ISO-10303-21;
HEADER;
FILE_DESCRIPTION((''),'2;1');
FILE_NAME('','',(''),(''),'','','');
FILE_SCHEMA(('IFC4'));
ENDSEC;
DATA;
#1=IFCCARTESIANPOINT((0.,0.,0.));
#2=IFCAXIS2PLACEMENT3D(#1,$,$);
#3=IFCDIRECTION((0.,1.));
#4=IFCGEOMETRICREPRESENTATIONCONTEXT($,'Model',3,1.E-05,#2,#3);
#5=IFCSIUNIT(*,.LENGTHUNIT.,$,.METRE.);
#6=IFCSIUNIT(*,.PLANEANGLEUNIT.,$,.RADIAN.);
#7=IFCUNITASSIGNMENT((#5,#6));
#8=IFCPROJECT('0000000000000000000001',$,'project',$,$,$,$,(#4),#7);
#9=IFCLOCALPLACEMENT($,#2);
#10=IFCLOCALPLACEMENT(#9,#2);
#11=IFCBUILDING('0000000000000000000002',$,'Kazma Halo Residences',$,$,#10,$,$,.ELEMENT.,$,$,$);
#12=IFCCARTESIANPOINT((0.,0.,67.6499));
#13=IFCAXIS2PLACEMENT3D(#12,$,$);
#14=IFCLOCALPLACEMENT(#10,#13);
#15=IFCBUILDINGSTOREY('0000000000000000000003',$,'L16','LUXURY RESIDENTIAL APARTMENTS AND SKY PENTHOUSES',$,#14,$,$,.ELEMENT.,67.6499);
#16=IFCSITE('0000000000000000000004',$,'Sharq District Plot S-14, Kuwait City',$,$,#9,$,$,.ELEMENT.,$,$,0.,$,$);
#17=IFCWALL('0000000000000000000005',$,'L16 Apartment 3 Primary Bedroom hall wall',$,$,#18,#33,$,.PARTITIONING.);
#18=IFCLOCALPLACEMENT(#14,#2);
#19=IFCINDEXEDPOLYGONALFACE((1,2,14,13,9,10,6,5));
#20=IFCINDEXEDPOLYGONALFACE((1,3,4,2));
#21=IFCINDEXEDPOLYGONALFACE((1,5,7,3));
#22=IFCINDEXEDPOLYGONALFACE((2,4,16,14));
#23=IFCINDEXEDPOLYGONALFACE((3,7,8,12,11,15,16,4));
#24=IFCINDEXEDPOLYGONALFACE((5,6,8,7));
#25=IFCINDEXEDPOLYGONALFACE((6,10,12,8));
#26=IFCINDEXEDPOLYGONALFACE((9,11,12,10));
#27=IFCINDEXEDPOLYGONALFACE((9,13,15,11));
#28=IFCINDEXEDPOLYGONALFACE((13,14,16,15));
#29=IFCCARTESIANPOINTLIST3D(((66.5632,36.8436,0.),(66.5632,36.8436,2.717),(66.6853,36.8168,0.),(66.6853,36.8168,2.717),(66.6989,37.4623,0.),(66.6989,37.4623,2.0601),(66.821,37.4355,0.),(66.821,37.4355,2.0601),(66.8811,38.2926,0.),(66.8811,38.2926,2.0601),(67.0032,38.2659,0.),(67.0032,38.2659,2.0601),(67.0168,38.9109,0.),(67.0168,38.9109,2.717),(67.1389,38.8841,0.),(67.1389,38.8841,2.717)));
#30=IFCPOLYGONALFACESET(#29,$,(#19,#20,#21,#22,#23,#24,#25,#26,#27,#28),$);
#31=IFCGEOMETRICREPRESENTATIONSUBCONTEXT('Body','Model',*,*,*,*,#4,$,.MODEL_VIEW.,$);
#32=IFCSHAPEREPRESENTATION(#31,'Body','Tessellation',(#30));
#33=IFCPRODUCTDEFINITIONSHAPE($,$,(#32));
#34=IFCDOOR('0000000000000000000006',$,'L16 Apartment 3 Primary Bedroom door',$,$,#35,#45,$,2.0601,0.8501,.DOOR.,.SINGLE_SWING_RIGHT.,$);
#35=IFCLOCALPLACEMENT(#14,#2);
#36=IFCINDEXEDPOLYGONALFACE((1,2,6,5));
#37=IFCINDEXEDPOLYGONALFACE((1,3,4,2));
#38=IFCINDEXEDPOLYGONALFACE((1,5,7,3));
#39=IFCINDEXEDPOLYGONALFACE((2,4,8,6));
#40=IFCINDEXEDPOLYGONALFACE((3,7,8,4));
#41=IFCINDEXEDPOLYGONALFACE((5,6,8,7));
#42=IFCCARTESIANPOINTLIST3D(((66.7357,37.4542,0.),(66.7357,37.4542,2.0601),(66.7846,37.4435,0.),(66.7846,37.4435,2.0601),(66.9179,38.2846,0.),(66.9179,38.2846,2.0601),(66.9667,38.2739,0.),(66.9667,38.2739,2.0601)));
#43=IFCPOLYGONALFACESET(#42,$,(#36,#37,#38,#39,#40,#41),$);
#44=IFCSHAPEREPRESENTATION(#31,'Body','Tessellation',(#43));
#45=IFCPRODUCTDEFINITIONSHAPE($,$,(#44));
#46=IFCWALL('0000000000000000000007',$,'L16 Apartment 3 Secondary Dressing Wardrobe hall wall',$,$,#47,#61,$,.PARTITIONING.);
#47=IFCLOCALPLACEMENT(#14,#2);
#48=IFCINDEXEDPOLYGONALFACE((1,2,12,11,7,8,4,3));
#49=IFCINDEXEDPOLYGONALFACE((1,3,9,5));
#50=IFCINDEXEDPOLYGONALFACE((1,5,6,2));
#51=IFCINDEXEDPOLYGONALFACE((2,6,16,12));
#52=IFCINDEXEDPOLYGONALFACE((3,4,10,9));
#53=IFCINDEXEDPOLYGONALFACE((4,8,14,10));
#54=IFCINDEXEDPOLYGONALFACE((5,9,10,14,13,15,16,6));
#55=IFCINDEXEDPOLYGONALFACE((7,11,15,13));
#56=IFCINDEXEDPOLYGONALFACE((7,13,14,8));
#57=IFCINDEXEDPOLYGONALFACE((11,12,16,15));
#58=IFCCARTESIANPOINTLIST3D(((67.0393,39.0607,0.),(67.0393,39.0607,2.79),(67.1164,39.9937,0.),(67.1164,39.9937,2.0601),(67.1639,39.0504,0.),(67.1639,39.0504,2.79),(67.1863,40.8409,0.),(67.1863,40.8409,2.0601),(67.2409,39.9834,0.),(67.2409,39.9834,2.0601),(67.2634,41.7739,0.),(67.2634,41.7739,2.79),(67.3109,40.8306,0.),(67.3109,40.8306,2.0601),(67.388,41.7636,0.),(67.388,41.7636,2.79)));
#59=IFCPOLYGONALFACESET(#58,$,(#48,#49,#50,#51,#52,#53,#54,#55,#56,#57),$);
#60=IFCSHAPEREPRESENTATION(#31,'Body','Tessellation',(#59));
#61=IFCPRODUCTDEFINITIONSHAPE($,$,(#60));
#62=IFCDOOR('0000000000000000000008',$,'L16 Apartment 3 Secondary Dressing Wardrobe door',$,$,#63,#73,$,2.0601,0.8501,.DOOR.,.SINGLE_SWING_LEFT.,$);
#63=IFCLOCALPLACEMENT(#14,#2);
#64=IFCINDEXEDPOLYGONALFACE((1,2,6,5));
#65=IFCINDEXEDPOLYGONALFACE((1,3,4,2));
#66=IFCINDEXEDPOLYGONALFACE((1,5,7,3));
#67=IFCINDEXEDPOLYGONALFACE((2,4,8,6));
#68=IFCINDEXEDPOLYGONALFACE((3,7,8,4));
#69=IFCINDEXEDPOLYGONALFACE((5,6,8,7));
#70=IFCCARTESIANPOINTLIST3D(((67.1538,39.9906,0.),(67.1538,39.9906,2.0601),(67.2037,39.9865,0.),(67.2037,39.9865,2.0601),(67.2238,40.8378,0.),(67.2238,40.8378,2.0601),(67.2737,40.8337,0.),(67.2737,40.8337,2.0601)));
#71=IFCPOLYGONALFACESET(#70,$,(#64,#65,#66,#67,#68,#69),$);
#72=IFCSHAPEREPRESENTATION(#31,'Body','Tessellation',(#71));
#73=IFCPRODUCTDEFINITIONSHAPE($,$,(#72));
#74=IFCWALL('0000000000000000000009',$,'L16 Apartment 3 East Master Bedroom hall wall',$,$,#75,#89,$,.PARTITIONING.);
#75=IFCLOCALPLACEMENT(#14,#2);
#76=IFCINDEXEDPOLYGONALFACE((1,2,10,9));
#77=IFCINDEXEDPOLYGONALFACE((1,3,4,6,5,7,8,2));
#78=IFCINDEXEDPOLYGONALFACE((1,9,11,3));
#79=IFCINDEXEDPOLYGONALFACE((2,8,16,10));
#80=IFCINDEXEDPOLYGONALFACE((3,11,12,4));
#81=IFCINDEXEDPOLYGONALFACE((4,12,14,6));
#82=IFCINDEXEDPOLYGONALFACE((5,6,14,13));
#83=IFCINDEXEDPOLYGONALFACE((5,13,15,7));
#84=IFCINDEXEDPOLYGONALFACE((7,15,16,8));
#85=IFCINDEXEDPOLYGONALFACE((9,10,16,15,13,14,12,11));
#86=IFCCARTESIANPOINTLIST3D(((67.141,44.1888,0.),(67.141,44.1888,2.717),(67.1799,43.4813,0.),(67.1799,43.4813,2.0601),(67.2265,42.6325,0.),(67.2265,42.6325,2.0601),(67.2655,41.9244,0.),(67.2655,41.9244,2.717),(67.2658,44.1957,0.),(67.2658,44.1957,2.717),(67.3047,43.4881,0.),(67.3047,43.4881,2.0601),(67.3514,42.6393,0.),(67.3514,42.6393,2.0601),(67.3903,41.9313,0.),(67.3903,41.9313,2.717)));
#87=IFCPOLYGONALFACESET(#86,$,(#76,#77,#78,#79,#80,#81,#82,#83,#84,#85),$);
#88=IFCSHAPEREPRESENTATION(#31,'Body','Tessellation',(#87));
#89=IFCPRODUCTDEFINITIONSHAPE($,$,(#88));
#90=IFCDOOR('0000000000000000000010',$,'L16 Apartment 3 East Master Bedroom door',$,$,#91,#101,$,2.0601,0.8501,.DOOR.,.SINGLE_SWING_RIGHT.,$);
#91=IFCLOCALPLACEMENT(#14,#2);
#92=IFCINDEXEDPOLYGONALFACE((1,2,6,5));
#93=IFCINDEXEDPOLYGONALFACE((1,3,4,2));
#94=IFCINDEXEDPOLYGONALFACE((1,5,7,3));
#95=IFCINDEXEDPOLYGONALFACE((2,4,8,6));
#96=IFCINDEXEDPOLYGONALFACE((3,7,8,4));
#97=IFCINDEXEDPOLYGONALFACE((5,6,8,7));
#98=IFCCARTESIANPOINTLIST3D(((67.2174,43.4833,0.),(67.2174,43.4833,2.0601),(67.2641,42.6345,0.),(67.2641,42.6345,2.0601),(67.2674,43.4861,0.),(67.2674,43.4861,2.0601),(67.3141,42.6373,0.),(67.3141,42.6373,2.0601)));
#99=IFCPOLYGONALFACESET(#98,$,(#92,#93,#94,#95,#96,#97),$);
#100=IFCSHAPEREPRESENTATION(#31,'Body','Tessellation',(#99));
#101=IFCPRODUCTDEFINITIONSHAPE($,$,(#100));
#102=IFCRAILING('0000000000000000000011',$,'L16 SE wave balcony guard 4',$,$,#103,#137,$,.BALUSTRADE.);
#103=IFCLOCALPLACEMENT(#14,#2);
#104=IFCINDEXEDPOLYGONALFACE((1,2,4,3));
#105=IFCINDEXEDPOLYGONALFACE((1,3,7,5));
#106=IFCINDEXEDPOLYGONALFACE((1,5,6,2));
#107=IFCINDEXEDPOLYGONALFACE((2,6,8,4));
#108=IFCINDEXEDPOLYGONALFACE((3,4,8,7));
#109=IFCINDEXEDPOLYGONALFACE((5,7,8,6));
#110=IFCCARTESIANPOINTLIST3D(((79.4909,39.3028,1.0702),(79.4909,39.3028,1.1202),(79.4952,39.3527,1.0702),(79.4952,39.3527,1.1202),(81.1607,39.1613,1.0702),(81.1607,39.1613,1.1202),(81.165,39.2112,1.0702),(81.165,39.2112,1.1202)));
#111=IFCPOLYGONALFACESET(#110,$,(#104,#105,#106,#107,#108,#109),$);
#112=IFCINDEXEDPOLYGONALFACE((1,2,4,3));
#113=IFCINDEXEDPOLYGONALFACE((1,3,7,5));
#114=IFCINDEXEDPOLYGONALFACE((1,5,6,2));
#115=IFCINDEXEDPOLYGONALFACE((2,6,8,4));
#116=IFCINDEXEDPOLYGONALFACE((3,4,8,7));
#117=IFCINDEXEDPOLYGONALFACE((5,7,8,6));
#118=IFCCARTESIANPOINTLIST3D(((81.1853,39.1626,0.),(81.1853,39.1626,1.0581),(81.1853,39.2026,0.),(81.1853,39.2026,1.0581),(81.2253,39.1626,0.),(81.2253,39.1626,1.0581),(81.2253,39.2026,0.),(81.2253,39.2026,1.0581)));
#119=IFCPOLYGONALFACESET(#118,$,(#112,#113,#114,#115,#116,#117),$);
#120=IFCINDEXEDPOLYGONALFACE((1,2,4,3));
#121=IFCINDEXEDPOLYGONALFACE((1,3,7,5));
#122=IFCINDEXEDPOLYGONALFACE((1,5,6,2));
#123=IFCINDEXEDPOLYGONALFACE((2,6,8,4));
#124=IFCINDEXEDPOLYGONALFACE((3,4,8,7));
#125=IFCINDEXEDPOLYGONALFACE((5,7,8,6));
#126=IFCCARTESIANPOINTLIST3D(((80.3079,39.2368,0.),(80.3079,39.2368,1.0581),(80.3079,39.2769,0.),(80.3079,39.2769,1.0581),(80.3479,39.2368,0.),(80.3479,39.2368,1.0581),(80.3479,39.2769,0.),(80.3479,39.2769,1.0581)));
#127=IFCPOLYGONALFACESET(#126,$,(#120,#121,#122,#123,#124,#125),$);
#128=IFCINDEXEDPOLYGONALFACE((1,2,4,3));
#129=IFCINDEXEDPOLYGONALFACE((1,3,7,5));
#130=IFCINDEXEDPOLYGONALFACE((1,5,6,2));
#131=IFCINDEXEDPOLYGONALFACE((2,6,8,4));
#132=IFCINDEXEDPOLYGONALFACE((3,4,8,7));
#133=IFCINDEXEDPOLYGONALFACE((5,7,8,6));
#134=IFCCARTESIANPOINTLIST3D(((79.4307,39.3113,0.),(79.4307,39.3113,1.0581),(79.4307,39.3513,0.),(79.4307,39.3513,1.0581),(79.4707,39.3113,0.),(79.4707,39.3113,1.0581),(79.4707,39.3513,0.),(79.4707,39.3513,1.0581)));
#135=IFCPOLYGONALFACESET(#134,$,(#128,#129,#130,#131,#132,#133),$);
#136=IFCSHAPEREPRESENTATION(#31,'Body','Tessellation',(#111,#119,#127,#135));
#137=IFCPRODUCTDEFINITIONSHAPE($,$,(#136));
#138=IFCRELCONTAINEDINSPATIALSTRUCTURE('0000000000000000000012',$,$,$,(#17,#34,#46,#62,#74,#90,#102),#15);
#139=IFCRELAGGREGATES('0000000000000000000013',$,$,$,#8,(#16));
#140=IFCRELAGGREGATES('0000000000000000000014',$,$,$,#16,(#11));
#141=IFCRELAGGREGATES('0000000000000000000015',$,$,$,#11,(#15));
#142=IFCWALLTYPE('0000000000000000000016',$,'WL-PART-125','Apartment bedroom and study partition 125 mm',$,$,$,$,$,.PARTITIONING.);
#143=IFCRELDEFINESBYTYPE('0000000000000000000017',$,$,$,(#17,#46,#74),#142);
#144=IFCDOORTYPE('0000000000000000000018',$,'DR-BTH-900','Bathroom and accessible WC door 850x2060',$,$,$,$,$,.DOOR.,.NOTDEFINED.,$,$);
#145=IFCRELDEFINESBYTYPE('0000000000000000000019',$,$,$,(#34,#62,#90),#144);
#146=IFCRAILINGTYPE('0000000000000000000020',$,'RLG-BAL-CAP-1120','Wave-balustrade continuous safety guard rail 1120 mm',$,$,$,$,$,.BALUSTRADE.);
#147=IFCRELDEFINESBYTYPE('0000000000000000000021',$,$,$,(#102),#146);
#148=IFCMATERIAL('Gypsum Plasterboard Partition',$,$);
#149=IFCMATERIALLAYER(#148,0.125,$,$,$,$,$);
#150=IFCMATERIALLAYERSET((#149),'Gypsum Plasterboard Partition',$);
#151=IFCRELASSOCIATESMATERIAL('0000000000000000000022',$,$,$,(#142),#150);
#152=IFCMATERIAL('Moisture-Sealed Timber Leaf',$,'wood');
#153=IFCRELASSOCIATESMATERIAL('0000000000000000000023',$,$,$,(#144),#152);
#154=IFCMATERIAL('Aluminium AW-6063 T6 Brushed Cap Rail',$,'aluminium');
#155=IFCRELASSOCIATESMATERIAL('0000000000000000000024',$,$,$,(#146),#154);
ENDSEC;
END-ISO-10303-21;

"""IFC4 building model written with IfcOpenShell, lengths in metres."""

from ifc_helpers import new_model, si_unit, direction, frame, frame_2d, origin, origin_2d, place, context, subcontext, project, spatial, rectangle, extrude, material, layer, layer_set, type_object, element, fill, save


model = new_model("IFC4")

# Units and contexts
model_context = context("Model", 3, precision=1e-05, world=origin(), true_north=direction((0.0, 1.0)))
body_context = subcontext(model_context, "Body", "Model", "MODEL_VIEW")
ifc_project = project(units=[si_unit("LENGTHUNIT", "METRE"), si_unit("PLANEANGLEUNIT", "RADIAN")], contexts=[model_context])

# Site, building, storey
site_placement = place(None, origin())
site = spatial("IfcSite", under=ifc_project, at=site_placement, Name="Sharq District Plot S-14, Kuwait City", CompositionType="ELEMENT", RefElevation=0.0)
building_placement = place(site_placement, origin())
building = spatial("IfcBuilding", under=site, at=building_placement, Name="Kazma Halo Residences", CompositionType="ELEMENT")
storey_placement = place(building_placement, frame((0.0, 0.0, 67.6499)))
storey = spatial("IfcBuildingStorey", under=building, at=storey_placement, Name="L16", Description="LUXURY RESIDENTIAL APARTMENTS AND SKY PENTHOUSES", CompositionType="ELEMENT", Elevation=67.6499)

# Shared definitions
ifc_material_1 = material(Name="Gypsum Plasterboard Partition")
ifc_layer_1 = layer(ifc_material_1, 0.125)
ifc_layer_set_1 = layer_set([ifc_layer_1], Name="Gypsum Plasterboard Partition")
wall_type_1 = type_object("IfcWallType", Name="WL-PART-125", Description="Apartment bedroom and study partition 125 mm", PredefinedType="PARTITIONING", material=ifc_layer_set_1)

# Shared definitions
ifc_material_2 = material(Name="Moisture-Sealed Timber Leaf", Category="wood")
door_type = type_object("IfcDoorType", Name="DR-BTH-900", Description="Bathroom and accessible WC door 850x2060", OperationType="NOTDEFINED", PredefinedType="DOOR", material=ifc_material_2)

# Walls, openings, doors
wall_1_placement = place(storey_placement, frame((66.6243, 36.8303, 0.0), z_axis=(0.0, 0.0, 1.0), x_axis=(0.214316, 0.976764, 0.0)))
wall_1 = element("IfcWall", 1, at=wall_1_placement, inside=storey, type_object=wall_type_1, Name="L16 Apartment 3 Primary Bedroom hall wall", PredefinedType="PARTITIONING", context=body_context, shape_type="SweptSolid", body=[
    extrude(rectangle(XDim=2.1165, YDim=0.125, at=frame_2d((1.0581, 0.0))), origin(), (0.0, 0.0, 1.0), 2.717),
])
opening_1_placement = place(wall_1_placement, frame((0.6333, 0.0, 0.0)))
opening_1 = element("IfcOpeningElement", 2, at=opening_1_placement, cuts=wall_1, PredefinedType="OPENING", context=body_context, shape_type="SweptSolid", body=[
    extrude(rectangle(XDim=0.8501, YDim=2.0601, at=frame_2d((0.425, 1.03))), frame((0.0, 0.0725, 0.0), z_axis=(0.0, -1.0, 0.0), x_axis=(1.0, 0.0, 0.0)), (0.0, 0.0, 1.0), 0.145),
])
door_1_placement = place(opening_1_placement, origin())
door_1 = element("IfcDoor", 3, at=door_1_placement, inside=storey, type_object=door_type, Name="L16 Apartment 3 Primary Bedroom door", OperationType="SINGLE_SWING_RIGHT", OverallHeight=2.0601, OverallWidth=0.8501, PredefinedType="DOOR", context=body_context, shape_type="SweptSolid", body=[
    extrude(rectangle(XDim=0.8501, YDim=2.0601, at=frame_2d((0.425, 1.03))), frame((0.0, 0.0249, 0.0), z_axis=(0.0, -1.0, 0.0), x_axis=(1.0, 0.0, 0.0)), (0.0, 0.0, 1.0), 0.05),
])
fill(opening_1, door_1)
wall_2_placement = place(storey_placement, frame((67.1016, 39.0554, 0.0), z_axis=(0.0, 0.0, 1.0), x_axis=(0.082326, 0.996605, 0.0)))
wall_2 = element("IfcWall", 4, at=wall_2_placement, inside=storey, type_object=wall_type_1, Name="L16 Apartment 3 Secondary Dressing Wardrobe hall wall", PredefinedType="PARTITIONING", context=body_context, shape_type="SweptSolid", body=[
    extrude(rectangle(XDim=2.7224, YDim=0.125, at=frame_2d((1.3613, 0.0))), origin(), (0.0, 0.0, 1.0), 2.79),
])
opening_2_placement = place(wall_2_placement, frame((0.9363, 0.0, 0.0)))
opening_2 = element("IfcOpeningElement", 5, at=opening_2_placement, cuts=wall_2, PredefinedType="OPENING", context=body_context, shape_type="SweptSolid", body=[
    extrude(rectangle(XDim=0.8501, YDim=2.0601, at=frame_2d((0.425, 1.03))), frame((0.0, 0.0725, 0.0), z_axis=(0.0, -1.0, 0.0), x_axis=(1.0, 0.0, 0.0)), (0.0, 0.0, 1.0), 0.145),
])
door_2_placement = place(opening_2_placement, origin())
door_2 = element("IfcDoor", 6, at=door_2_placement, inside=storey, type_object=door_type, Name="L16 Apartment 3 Secondary Dressing Wardrobe door", OperationType="SINGLE_SWING_LEFT", OverallHeight=2.0601, OverallWidth=0.8501, PredefinedType="DOOR", context=body_context, shape_type="SweptSolid", body=[
    extrude(rectangle(XDim=0.8501, YDim=2.0601, at=frame_2d((0.425, 1.03))), frame((0.0, 0.0249, 0.0), z_axis=(0.0, -1.0, 0.0), x_axis=(1.0, 0.0, 0.0)), (0.0, 0.0, 1.0), 0.05),
])
fill(opening_2, door_2)
wall_3_placement = place(storey_placement, frame((67.3279, 41.928, 0.0), z_axis=(0.0, 0.0, 1.0), x_axis=(-0.054904, 0.998492, 0.0)))
wall_3 = element("IfcWall", 7, at=wall_3_placement, inside=storey, type_object=wall_type_1, Name="L16 Apartment 3 East Master Bedroom hall wall", PredefinedType="PARTITIONING", context=body_context, shape_type="SweptSolid", body=[
    extrude(rectangle(XDim=2.2678, YDim=0.125, at=frame_2d((1.1338, 0.0))), origin(), (0.0, 0.0, 1.0), 2.717),
])
opening_3_placement = place(wall_3_placement, frame((0.709, 0.0, 0.0)))
opening_3 = element("IfcOpeningElement", 8, at=opening_3_placement, cuts=wall_3, PredefinedType="OPENING", context=body_context, shape_type="SweptSolid", body=[
    extrude(rectangle(XDim=0.8501, YDim=2.0601, at=frame_2d((0.425, 1.03))), frame((0.0, 0.0725, 0.0), z_axis=(0.0, -1.0, 0.0), x_axis=(1.0, 0.0, 0.0)), (0.0, 0.0, 1.0), 0.145),
])
door_3_placement = place(opening_3_placement, origin())
door_3 = element("IfcDoor", 9, at=door_3_placement, inside=storey, type_object=door_type, Name="L16 Apartment 3 East Master Bedroom door", OperationType="SINGLE_SWING_RIGHT", OverallHeight=2.0601, OverallWidth=0.8501, PredefinedType="DOOR", context=body_context, shape_type="SweptSolid", body=[
    extrude(rectangle(XDim=0.8501, YDim=2.0601, at=frame_2d((0.425, 1.03))), frame((0.0, 0.0249, 0.0), z_axis=(0.0, -1.0, 0.0), x_axis=(1.0, 0.0, 0.0)), (0.0, 0.0, 1.0), 0.05),
])
fill(opening_3, door_3)

# Railing
ifc_material_3 = material(Name="Aluminium AW-6063 T6 Brushed Cap Rail", Category="aluminium")
railing_type = type_object("IfcRailingType", Name="RLG-BAL-CAP-1120", Description="Wave-balustrade continuous safety guard rail 1120 mm", PredefinedType="BALUSTRADE", material=ifc_material_3)
railing_placement = place(storey_placement, frame((81.2053, 39.1826, 0.0)))
element("IfcRailing", 10, at=railing_placement, inside=storey, type_object=railing_type, Name="L16 SE wave balcony guard 4", PredefinedType="BALUSTRADE", context=body_context, shape_type="SweptSolid", body=[
    extrude(rectangle(XDim=0.05, YDim=0.05, at=origin_2d()), frame((-0.0425, 0.0037, 1.0952), z_axis=(-0.996429, 0.084434, 0.0), x_axis=(-0.084434, -0.996429, 0.0)), (0.0, 0.0, 1.0), 1.6758),
    extrude(rectangle(XDim=0.04, YDim=0.04, at=origin_2d()), origin(), (0.0, 0.0, 1.0), 1.0581),
    extrude(rectangle(XDim=0.04, YDim=0.04, at=origin_2d()), frame((-0.8774, 0.0742, 0.0)), (0.0, 0.0, 1.0), 1.0581),
    extrude(rectangle(XDim=0.04, YDim=0.04, at=origin_2d()), frame((-1.7546, 0.1487, 0.0)), (0.0, 0.0, 1.0), 1.0581),
])

save(model, "model.ifc")
